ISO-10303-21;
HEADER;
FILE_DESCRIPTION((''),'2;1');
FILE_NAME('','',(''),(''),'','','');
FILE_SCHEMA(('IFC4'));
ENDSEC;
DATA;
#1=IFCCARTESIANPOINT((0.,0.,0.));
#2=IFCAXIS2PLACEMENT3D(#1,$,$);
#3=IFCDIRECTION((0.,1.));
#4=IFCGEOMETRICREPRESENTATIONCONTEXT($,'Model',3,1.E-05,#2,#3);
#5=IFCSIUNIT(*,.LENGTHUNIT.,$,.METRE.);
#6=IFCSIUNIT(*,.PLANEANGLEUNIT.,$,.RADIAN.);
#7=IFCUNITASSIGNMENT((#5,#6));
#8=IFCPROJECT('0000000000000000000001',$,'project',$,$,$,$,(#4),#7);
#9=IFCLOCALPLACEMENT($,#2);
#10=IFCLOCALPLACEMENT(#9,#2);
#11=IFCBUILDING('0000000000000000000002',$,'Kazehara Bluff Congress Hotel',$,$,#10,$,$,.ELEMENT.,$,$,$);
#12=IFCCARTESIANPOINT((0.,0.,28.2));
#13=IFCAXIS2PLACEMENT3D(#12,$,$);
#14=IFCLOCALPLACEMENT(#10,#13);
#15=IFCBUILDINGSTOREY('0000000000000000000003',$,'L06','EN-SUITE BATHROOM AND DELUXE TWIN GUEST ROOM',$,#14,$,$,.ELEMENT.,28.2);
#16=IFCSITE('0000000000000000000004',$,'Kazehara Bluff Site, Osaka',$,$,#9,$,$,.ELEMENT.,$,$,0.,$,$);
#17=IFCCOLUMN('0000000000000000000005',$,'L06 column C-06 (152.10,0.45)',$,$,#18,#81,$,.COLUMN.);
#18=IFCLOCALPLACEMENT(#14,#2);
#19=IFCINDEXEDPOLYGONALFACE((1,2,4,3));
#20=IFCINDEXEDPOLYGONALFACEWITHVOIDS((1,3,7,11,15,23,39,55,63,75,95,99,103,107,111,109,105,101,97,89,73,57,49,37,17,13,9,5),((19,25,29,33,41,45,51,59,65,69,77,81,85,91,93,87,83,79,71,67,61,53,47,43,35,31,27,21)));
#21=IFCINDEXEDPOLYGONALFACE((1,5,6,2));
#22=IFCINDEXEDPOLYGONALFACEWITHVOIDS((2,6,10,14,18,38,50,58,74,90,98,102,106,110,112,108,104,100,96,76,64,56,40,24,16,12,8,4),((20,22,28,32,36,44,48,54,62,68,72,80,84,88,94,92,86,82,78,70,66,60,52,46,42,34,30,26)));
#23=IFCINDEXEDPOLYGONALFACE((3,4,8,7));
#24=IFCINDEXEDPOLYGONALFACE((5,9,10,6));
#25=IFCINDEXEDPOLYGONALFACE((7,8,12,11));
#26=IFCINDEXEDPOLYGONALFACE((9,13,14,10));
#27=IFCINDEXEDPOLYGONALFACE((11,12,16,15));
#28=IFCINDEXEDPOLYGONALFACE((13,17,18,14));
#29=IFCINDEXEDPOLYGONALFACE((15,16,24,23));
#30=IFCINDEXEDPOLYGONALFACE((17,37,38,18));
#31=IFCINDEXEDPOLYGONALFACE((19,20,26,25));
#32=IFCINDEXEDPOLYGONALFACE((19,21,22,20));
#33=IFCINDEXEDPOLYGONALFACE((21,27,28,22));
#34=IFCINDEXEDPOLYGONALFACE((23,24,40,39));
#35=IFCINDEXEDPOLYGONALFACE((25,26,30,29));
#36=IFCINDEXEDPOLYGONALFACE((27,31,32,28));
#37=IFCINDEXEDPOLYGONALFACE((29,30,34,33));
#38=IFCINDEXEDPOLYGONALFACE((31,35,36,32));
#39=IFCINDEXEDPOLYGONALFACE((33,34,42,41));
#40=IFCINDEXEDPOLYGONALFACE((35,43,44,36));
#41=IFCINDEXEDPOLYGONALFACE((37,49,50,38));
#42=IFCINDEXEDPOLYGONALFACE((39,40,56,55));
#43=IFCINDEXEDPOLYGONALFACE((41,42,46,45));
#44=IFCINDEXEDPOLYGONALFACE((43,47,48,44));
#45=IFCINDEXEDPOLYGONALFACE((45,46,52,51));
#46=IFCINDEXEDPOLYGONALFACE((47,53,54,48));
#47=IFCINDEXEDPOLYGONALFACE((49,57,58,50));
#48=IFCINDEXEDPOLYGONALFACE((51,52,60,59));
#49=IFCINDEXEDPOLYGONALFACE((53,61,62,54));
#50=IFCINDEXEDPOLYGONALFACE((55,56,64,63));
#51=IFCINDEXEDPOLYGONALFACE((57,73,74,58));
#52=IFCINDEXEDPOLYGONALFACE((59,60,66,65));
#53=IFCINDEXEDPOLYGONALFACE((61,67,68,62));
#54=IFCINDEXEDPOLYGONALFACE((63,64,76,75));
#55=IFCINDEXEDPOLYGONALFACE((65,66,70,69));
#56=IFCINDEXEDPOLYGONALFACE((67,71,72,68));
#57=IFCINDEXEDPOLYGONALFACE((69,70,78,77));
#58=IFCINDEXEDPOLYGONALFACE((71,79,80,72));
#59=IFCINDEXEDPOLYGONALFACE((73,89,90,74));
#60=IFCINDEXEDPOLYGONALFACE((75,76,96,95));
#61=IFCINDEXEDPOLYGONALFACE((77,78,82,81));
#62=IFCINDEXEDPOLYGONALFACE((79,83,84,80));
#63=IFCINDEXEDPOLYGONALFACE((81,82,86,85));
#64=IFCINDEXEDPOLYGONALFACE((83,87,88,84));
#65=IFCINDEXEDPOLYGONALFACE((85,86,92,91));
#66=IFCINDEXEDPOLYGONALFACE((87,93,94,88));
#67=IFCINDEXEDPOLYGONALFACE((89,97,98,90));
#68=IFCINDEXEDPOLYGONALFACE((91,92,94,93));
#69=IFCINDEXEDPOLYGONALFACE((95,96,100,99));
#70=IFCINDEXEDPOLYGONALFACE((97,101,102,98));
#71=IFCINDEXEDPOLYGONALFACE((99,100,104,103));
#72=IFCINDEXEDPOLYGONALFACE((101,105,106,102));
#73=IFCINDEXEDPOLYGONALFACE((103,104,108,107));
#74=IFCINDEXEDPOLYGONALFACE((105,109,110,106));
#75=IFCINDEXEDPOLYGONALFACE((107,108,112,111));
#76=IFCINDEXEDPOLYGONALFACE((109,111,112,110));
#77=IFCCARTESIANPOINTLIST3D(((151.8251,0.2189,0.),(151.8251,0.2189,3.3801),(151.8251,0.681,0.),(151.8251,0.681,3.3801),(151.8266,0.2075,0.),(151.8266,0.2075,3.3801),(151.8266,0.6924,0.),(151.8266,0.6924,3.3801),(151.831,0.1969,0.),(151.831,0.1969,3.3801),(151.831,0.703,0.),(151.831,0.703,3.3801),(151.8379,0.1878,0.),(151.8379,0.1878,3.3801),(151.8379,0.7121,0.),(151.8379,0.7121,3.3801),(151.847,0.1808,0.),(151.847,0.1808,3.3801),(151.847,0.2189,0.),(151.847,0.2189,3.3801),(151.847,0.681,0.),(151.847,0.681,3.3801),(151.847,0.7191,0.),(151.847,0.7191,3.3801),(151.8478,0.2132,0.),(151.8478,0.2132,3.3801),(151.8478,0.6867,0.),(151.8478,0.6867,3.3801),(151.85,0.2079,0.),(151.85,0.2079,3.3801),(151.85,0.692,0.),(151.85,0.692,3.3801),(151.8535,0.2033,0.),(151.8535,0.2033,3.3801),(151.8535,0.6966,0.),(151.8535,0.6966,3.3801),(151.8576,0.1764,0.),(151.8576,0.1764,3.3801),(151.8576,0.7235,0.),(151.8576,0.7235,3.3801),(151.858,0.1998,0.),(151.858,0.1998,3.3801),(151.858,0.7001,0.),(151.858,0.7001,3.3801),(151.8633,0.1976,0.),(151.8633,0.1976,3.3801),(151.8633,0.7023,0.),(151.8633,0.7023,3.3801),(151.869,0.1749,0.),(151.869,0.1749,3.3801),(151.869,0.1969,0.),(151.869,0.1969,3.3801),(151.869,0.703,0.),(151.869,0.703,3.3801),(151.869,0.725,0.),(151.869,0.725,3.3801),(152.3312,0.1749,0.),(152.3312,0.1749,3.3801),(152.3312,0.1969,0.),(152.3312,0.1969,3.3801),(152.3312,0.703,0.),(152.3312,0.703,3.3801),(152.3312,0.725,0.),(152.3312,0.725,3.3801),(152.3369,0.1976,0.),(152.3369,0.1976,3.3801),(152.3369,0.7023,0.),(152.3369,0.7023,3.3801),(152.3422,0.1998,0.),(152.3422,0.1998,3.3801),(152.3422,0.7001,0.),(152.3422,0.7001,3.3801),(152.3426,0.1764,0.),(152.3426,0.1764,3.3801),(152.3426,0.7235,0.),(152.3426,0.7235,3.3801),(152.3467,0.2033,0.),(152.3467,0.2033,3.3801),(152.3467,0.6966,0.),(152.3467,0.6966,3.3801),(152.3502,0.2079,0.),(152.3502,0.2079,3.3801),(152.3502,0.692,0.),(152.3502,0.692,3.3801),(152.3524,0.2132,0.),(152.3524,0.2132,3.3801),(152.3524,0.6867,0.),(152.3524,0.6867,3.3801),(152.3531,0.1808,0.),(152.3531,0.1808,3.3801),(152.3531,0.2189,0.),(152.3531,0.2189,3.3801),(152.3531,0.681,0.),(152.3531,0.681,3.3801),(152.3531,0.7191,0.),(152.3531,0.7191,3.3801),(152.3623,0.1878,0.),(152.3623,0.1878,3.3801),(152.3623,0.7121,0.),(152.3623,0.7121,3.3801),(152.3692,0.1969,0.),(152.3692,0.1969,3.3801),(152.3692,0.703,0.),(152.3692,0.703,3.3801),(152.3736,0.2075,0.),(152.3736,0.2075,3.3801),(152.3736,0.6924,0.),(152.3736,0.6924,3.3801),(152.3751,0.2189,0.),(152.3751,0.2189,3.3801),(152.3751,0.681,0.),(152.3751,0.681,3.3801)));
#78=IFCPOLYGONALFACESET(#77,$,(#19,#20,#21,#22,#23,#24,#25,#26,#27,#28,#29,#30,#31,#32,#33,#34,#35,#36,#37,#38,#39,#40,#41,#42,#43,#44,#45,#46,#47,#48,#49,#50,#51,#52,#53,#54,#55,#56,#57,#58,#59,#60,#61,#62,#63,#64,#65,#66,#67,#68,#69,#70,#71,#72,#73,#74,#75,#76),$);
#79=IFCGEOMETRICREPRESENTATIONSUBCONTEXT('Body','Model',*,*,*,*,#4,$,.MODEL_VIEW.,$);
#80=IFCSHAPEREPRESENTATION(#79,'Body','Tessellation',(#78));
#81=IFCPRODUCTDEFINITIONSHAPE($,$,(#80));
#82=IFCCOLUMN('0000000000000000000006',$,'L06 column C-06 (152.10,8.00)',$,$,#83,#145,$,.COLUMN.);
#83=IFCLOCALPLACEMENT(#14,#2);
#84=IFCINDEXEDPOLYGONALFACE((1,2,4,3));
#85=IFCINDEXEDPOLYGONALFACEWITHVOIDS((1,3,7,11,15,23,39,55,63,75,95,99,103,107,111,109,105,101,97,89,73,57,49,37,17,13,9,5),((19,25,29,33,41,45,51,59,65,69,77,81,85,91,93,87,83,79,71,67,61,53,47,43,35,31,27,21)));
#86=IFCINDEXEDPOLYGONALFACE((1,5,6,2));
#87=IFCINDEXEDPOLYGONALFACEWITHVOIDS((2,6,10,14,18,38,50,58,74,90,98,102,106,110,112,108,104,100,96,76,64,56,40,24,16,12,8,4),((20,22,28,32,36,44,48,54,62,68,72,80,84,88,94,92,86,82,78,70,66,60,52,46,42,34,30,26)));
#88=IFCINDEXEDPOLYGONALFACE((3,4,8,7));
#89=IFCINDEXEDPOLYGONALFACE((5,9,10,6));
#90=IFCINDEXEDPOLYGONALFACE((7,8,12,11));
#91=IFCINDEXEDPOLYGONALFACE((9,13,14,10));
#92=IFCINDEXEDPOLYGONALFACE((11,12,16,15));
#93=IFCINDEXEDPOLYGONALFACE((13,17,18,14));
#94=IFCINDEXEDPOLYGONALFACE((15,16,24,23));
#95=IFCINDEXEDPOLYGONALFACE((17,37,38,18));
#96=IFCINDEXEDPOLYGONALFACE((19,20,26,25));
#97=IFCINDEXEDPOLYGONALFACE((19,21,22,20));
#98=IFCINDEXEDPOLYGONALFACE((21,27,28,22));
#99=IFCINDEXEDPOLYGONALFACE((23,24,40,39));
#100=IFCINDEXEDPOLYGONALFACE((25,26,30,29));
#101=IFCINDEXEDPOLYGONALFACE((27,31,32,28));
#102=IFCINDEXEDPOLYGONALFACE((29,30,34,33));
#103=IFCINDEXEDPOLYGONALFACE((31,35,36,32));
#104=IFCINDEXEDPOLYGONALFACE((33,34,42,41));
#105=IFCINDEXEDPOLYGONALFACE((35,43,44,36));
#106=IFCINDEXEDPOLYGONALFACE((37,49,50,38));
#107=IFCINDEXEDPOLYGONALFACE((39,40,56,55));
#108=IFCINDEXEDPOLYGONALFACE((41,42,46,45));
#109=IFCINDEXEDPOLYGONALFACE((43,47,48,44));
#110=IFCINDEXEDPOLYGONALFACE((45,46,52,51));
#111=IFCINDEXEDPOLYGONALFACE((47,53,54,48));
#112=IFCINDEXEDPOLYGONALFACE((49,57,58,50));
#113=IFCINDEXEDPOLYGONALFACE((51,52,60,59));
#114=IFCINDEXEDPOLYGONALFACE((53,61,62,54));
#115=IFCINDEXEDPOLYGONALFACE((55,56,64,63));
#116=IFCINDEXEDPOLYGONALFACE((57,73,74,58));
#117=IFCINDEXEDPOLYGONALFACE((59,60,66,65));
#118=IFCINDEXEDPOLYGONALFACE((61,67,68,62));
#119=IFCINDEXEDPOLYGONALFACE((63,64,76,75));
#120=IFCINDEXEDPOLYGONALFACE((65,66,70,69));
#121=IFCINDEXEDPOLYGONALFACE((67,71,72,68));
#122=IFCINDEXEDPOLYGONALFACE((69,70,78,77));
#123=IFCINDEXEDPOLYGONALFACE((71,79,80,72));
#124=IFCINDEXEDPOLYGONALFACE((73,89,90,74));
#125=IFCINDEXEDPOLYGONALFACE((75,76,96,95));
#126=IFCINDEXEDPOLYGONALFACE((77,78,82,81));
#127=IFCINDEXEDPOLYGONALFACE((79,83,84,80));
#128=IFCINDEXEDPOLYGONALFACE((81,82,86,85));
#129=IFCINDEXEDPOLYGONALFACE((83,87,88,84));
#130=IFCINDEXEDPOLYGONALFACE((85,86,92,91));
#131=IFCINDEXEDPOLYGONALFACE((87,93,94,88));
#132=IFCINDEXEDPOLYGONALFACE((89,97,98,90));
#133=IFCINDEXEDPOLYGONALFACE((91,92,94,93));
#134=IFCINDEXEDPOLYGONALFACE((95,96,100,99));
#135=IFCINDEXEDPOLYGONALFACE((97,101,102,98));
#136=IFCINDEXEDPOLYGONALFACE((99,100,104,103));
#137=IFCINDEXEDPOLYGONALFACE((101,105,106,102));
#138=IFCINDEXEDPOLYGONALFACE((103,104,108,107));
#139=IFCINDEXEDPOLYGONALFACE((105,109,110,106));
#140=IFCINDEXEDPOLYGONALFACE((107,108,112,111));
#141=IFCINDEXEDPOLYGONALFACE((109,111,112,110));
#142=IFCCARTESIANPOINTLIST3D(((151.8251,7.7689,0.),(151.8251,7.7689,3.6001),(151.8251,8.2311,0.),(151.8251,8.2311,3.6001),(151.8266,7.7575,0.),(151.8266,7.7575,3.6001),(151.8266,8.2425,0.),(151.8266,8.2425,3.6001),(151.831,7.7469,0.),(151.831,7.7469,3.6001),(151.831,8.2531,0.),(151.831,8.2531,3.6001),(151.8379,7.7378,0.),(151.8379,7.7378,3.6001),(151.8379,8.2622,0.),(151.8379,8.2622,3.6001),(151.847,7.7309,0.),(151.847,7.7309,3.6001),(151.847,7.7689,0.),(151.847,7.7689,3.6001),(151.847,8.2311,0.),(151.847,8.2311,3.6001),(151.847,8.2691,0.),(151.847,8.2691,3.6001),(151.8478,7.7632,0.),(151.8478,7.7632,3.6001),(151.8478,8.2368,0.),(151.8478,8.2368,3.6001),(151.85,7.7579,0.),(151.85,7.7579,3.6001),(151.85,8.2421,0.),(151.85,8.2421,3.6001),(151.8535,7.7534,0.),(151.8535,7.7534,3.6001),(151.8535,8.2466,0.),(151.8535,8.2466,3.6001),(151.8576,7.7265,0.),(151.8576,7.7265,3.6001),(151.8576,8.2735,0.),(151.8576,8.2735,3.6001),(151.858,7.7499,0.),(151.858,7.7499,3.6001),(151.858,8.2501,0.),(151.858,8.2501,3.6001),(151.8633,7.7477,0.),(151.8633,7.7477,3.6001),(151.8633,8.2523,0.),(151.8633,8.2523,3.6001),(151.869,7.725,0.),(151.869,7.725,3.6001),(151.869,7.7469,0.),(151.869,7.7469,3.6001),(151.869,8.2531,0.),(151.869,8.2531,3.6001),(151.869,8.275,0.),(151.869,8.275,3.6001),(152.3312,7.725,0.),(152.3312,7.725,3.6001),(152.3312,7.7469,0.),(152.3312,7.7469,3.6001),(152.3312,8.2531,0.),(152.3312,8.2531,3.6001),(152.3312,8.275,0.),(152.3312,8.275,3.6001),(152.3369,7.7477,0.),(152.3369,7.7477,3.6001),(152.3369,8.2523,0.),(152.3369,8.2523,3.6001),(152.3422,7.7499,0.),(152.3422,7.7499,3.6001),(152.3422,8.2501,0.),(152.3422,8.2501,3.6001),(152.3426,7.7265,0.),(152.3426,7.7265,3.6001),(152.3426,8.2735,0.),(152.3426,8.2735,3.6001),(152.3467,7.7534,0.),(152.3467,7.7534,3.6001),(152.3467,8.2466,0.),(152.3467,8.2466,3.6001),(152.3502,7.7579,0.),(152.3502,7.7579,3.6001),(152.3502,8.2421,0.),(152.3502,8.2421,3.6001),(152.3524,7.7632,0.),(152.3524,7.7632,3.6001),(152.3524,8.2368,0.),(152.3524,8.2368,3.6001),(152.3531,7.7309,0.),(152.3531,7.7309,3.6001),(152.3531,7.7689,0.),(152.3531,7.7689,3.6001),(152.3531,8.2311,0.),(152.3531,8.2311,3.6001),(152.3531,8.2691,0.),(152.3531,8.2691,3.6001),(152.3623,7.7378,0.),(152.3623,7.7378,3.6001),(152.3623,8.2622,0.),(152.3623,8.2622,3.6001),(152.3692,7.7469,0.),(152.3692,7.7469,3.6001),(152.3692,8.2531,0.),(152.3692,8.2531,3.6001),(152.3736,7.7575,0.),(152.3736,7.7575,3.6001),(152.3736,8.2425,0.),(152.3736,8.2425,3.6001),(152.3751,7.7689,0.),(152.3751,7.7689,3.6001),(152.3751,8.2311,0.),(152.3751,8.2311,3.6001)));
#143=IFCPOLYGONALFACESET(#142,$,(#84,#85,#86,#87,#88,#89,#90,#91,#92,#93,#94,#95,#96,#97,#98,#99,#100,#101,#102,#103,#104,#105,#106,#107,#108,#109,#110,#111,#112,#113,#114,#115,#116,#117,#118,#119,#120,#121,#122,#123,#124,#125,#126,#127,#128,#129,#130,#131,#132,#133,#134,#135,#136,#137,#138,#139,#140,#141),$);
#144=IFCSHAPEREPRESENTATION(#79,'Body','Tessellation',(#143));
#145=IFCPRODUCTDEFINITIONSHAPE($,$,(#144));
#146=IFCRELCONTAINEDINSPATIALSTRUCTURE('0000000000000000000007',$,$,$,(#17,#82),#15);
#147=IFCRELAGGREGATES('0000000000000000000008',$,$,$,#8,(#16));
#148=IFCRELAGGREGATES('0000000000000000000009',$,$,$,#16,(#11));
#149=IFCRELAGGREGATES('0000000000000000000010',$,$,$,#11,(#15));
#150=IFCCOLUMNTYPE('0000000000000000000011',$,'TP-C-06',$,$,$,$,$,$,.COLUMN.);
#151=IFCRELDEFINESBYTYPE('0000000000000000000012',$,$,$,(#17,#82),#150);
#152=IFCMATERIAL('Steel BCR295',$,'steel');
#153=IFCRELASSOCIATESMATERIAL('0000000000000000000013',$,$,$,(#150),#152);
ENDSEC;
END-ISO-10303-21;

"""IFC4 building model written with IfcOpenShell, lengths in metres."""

from ifc_helpers import new_model, si_unit, direction, frame, origin, origin_2d, place, context, subcontext, project, spatial, hollow_rectangle, extrude, material, material_profile, profile_set, type_object, element, save


model = new_model("IFC4")

# Units and contexts
model_context = context("Model", 3, precision=1e-05, world=origin(), true_north=direction((0.0, 1.0)))
body_context = subcontext(model_context, "Body", "Model", "MODEL_VIEW")
ifc_project = project(units=[si_unit("LENGTHUNIT", "METRE"), si_unit("PLANEANGLEUNIT", "RADIAN")], contexts=[model_context])

# Site, building, storey
site_placement = place(None, origin())
site = spatial("IfcSite", under=ifc_project, at=site_placement, Name="Kazehara Bluff Site, Osaka", CompositionType="ELEMENT", RefElevation=0.0)
building_placement = place(site_placement, origin())
building = spatial("IfcBuilding", under=site, at=building_placement, Name="Kazehara Bluff Congress Hotel", CompositionType="ELEMENT")
storey_placement = place(building_placement, frame((0.0, 0.0, 28.2)))
storey = spatial("IfcBuildingStorey", under=building, at=storey_placement, Name="L06", Description="EN-SUITE BATHROOM AND DELUXE TWIN GUEST ROOM", CompositionType="ELEMENT", Elevation=28.2)

# Columns
ifc_material_1 = material(Name="Steel BCR295", Category="steel")
ifc_material_profile_1 = material_profile(ifc_material_1, hollow_rectangle(XDim=0.55, YDim=0.55, WallThickness=0.022, InnerFilletRadius=0.022, OuterFilletRadius=0.0439, at=origin_2d()))
ifc_profile_set_1 = profile_set([ifc_material_profile_1], Name="Steel BCR295")
column_type = type_object("IfcColumnType", Name="TP-C-06", PredefinedType="COLUMN", material=ifc_profile_set_1)
column_placement = place(storey_placement, frame((152.1001, 0.45, 0.0), z_axis=(0.0, 0.0, 1.0), x_axis=(1.0, 0.0, 0.0)))
element("IfcColumn", 1, at=column_placement, inside=storey, type_object=column_type, Name="L06 column C-06 (152.10,0.45)", PredefinedType="COLUMN", context=body_context, shape_type="SweptSolid", body=[
    extrude(hollow_rectangle(XDim=0.55, YDim=0.55, WallThickness=0.022, InnerFilletRadius=0.022, OuterFilletRadius=0.0439, at=origin_2d()), origin(), (0.0, 0.0, 1.0), 3.3801),
])
for number, where, z_axis, x_axis, name in (
    (2, (152.1001, 8.0, 0.0), (0.0, 0.0, 1.0), (1.0, 0.0, 0.0), "L06 column C-06 (152.10,8.00)"),
):
    element("IfcColumn", number, at=place(storey_placement, frame(where, z_axis=z_axis, x_axis=x_axis)), inside=storey, type_object=column_type, Name=name, PredefinedType="COLUMN", context=body_context, shape_type="SweptSolid", body=[
        extrude(hollow_rectangle(XDim=0.55, YDim=0.55, WallThickness=0.022, InnerFilletRadius=0.022, OuterFilletRadius=0.0439, at=origin_2d()), origin(), (0.0, 0.0, 1.0), 3.6001),
    ])

save(model, "model.ifc")
